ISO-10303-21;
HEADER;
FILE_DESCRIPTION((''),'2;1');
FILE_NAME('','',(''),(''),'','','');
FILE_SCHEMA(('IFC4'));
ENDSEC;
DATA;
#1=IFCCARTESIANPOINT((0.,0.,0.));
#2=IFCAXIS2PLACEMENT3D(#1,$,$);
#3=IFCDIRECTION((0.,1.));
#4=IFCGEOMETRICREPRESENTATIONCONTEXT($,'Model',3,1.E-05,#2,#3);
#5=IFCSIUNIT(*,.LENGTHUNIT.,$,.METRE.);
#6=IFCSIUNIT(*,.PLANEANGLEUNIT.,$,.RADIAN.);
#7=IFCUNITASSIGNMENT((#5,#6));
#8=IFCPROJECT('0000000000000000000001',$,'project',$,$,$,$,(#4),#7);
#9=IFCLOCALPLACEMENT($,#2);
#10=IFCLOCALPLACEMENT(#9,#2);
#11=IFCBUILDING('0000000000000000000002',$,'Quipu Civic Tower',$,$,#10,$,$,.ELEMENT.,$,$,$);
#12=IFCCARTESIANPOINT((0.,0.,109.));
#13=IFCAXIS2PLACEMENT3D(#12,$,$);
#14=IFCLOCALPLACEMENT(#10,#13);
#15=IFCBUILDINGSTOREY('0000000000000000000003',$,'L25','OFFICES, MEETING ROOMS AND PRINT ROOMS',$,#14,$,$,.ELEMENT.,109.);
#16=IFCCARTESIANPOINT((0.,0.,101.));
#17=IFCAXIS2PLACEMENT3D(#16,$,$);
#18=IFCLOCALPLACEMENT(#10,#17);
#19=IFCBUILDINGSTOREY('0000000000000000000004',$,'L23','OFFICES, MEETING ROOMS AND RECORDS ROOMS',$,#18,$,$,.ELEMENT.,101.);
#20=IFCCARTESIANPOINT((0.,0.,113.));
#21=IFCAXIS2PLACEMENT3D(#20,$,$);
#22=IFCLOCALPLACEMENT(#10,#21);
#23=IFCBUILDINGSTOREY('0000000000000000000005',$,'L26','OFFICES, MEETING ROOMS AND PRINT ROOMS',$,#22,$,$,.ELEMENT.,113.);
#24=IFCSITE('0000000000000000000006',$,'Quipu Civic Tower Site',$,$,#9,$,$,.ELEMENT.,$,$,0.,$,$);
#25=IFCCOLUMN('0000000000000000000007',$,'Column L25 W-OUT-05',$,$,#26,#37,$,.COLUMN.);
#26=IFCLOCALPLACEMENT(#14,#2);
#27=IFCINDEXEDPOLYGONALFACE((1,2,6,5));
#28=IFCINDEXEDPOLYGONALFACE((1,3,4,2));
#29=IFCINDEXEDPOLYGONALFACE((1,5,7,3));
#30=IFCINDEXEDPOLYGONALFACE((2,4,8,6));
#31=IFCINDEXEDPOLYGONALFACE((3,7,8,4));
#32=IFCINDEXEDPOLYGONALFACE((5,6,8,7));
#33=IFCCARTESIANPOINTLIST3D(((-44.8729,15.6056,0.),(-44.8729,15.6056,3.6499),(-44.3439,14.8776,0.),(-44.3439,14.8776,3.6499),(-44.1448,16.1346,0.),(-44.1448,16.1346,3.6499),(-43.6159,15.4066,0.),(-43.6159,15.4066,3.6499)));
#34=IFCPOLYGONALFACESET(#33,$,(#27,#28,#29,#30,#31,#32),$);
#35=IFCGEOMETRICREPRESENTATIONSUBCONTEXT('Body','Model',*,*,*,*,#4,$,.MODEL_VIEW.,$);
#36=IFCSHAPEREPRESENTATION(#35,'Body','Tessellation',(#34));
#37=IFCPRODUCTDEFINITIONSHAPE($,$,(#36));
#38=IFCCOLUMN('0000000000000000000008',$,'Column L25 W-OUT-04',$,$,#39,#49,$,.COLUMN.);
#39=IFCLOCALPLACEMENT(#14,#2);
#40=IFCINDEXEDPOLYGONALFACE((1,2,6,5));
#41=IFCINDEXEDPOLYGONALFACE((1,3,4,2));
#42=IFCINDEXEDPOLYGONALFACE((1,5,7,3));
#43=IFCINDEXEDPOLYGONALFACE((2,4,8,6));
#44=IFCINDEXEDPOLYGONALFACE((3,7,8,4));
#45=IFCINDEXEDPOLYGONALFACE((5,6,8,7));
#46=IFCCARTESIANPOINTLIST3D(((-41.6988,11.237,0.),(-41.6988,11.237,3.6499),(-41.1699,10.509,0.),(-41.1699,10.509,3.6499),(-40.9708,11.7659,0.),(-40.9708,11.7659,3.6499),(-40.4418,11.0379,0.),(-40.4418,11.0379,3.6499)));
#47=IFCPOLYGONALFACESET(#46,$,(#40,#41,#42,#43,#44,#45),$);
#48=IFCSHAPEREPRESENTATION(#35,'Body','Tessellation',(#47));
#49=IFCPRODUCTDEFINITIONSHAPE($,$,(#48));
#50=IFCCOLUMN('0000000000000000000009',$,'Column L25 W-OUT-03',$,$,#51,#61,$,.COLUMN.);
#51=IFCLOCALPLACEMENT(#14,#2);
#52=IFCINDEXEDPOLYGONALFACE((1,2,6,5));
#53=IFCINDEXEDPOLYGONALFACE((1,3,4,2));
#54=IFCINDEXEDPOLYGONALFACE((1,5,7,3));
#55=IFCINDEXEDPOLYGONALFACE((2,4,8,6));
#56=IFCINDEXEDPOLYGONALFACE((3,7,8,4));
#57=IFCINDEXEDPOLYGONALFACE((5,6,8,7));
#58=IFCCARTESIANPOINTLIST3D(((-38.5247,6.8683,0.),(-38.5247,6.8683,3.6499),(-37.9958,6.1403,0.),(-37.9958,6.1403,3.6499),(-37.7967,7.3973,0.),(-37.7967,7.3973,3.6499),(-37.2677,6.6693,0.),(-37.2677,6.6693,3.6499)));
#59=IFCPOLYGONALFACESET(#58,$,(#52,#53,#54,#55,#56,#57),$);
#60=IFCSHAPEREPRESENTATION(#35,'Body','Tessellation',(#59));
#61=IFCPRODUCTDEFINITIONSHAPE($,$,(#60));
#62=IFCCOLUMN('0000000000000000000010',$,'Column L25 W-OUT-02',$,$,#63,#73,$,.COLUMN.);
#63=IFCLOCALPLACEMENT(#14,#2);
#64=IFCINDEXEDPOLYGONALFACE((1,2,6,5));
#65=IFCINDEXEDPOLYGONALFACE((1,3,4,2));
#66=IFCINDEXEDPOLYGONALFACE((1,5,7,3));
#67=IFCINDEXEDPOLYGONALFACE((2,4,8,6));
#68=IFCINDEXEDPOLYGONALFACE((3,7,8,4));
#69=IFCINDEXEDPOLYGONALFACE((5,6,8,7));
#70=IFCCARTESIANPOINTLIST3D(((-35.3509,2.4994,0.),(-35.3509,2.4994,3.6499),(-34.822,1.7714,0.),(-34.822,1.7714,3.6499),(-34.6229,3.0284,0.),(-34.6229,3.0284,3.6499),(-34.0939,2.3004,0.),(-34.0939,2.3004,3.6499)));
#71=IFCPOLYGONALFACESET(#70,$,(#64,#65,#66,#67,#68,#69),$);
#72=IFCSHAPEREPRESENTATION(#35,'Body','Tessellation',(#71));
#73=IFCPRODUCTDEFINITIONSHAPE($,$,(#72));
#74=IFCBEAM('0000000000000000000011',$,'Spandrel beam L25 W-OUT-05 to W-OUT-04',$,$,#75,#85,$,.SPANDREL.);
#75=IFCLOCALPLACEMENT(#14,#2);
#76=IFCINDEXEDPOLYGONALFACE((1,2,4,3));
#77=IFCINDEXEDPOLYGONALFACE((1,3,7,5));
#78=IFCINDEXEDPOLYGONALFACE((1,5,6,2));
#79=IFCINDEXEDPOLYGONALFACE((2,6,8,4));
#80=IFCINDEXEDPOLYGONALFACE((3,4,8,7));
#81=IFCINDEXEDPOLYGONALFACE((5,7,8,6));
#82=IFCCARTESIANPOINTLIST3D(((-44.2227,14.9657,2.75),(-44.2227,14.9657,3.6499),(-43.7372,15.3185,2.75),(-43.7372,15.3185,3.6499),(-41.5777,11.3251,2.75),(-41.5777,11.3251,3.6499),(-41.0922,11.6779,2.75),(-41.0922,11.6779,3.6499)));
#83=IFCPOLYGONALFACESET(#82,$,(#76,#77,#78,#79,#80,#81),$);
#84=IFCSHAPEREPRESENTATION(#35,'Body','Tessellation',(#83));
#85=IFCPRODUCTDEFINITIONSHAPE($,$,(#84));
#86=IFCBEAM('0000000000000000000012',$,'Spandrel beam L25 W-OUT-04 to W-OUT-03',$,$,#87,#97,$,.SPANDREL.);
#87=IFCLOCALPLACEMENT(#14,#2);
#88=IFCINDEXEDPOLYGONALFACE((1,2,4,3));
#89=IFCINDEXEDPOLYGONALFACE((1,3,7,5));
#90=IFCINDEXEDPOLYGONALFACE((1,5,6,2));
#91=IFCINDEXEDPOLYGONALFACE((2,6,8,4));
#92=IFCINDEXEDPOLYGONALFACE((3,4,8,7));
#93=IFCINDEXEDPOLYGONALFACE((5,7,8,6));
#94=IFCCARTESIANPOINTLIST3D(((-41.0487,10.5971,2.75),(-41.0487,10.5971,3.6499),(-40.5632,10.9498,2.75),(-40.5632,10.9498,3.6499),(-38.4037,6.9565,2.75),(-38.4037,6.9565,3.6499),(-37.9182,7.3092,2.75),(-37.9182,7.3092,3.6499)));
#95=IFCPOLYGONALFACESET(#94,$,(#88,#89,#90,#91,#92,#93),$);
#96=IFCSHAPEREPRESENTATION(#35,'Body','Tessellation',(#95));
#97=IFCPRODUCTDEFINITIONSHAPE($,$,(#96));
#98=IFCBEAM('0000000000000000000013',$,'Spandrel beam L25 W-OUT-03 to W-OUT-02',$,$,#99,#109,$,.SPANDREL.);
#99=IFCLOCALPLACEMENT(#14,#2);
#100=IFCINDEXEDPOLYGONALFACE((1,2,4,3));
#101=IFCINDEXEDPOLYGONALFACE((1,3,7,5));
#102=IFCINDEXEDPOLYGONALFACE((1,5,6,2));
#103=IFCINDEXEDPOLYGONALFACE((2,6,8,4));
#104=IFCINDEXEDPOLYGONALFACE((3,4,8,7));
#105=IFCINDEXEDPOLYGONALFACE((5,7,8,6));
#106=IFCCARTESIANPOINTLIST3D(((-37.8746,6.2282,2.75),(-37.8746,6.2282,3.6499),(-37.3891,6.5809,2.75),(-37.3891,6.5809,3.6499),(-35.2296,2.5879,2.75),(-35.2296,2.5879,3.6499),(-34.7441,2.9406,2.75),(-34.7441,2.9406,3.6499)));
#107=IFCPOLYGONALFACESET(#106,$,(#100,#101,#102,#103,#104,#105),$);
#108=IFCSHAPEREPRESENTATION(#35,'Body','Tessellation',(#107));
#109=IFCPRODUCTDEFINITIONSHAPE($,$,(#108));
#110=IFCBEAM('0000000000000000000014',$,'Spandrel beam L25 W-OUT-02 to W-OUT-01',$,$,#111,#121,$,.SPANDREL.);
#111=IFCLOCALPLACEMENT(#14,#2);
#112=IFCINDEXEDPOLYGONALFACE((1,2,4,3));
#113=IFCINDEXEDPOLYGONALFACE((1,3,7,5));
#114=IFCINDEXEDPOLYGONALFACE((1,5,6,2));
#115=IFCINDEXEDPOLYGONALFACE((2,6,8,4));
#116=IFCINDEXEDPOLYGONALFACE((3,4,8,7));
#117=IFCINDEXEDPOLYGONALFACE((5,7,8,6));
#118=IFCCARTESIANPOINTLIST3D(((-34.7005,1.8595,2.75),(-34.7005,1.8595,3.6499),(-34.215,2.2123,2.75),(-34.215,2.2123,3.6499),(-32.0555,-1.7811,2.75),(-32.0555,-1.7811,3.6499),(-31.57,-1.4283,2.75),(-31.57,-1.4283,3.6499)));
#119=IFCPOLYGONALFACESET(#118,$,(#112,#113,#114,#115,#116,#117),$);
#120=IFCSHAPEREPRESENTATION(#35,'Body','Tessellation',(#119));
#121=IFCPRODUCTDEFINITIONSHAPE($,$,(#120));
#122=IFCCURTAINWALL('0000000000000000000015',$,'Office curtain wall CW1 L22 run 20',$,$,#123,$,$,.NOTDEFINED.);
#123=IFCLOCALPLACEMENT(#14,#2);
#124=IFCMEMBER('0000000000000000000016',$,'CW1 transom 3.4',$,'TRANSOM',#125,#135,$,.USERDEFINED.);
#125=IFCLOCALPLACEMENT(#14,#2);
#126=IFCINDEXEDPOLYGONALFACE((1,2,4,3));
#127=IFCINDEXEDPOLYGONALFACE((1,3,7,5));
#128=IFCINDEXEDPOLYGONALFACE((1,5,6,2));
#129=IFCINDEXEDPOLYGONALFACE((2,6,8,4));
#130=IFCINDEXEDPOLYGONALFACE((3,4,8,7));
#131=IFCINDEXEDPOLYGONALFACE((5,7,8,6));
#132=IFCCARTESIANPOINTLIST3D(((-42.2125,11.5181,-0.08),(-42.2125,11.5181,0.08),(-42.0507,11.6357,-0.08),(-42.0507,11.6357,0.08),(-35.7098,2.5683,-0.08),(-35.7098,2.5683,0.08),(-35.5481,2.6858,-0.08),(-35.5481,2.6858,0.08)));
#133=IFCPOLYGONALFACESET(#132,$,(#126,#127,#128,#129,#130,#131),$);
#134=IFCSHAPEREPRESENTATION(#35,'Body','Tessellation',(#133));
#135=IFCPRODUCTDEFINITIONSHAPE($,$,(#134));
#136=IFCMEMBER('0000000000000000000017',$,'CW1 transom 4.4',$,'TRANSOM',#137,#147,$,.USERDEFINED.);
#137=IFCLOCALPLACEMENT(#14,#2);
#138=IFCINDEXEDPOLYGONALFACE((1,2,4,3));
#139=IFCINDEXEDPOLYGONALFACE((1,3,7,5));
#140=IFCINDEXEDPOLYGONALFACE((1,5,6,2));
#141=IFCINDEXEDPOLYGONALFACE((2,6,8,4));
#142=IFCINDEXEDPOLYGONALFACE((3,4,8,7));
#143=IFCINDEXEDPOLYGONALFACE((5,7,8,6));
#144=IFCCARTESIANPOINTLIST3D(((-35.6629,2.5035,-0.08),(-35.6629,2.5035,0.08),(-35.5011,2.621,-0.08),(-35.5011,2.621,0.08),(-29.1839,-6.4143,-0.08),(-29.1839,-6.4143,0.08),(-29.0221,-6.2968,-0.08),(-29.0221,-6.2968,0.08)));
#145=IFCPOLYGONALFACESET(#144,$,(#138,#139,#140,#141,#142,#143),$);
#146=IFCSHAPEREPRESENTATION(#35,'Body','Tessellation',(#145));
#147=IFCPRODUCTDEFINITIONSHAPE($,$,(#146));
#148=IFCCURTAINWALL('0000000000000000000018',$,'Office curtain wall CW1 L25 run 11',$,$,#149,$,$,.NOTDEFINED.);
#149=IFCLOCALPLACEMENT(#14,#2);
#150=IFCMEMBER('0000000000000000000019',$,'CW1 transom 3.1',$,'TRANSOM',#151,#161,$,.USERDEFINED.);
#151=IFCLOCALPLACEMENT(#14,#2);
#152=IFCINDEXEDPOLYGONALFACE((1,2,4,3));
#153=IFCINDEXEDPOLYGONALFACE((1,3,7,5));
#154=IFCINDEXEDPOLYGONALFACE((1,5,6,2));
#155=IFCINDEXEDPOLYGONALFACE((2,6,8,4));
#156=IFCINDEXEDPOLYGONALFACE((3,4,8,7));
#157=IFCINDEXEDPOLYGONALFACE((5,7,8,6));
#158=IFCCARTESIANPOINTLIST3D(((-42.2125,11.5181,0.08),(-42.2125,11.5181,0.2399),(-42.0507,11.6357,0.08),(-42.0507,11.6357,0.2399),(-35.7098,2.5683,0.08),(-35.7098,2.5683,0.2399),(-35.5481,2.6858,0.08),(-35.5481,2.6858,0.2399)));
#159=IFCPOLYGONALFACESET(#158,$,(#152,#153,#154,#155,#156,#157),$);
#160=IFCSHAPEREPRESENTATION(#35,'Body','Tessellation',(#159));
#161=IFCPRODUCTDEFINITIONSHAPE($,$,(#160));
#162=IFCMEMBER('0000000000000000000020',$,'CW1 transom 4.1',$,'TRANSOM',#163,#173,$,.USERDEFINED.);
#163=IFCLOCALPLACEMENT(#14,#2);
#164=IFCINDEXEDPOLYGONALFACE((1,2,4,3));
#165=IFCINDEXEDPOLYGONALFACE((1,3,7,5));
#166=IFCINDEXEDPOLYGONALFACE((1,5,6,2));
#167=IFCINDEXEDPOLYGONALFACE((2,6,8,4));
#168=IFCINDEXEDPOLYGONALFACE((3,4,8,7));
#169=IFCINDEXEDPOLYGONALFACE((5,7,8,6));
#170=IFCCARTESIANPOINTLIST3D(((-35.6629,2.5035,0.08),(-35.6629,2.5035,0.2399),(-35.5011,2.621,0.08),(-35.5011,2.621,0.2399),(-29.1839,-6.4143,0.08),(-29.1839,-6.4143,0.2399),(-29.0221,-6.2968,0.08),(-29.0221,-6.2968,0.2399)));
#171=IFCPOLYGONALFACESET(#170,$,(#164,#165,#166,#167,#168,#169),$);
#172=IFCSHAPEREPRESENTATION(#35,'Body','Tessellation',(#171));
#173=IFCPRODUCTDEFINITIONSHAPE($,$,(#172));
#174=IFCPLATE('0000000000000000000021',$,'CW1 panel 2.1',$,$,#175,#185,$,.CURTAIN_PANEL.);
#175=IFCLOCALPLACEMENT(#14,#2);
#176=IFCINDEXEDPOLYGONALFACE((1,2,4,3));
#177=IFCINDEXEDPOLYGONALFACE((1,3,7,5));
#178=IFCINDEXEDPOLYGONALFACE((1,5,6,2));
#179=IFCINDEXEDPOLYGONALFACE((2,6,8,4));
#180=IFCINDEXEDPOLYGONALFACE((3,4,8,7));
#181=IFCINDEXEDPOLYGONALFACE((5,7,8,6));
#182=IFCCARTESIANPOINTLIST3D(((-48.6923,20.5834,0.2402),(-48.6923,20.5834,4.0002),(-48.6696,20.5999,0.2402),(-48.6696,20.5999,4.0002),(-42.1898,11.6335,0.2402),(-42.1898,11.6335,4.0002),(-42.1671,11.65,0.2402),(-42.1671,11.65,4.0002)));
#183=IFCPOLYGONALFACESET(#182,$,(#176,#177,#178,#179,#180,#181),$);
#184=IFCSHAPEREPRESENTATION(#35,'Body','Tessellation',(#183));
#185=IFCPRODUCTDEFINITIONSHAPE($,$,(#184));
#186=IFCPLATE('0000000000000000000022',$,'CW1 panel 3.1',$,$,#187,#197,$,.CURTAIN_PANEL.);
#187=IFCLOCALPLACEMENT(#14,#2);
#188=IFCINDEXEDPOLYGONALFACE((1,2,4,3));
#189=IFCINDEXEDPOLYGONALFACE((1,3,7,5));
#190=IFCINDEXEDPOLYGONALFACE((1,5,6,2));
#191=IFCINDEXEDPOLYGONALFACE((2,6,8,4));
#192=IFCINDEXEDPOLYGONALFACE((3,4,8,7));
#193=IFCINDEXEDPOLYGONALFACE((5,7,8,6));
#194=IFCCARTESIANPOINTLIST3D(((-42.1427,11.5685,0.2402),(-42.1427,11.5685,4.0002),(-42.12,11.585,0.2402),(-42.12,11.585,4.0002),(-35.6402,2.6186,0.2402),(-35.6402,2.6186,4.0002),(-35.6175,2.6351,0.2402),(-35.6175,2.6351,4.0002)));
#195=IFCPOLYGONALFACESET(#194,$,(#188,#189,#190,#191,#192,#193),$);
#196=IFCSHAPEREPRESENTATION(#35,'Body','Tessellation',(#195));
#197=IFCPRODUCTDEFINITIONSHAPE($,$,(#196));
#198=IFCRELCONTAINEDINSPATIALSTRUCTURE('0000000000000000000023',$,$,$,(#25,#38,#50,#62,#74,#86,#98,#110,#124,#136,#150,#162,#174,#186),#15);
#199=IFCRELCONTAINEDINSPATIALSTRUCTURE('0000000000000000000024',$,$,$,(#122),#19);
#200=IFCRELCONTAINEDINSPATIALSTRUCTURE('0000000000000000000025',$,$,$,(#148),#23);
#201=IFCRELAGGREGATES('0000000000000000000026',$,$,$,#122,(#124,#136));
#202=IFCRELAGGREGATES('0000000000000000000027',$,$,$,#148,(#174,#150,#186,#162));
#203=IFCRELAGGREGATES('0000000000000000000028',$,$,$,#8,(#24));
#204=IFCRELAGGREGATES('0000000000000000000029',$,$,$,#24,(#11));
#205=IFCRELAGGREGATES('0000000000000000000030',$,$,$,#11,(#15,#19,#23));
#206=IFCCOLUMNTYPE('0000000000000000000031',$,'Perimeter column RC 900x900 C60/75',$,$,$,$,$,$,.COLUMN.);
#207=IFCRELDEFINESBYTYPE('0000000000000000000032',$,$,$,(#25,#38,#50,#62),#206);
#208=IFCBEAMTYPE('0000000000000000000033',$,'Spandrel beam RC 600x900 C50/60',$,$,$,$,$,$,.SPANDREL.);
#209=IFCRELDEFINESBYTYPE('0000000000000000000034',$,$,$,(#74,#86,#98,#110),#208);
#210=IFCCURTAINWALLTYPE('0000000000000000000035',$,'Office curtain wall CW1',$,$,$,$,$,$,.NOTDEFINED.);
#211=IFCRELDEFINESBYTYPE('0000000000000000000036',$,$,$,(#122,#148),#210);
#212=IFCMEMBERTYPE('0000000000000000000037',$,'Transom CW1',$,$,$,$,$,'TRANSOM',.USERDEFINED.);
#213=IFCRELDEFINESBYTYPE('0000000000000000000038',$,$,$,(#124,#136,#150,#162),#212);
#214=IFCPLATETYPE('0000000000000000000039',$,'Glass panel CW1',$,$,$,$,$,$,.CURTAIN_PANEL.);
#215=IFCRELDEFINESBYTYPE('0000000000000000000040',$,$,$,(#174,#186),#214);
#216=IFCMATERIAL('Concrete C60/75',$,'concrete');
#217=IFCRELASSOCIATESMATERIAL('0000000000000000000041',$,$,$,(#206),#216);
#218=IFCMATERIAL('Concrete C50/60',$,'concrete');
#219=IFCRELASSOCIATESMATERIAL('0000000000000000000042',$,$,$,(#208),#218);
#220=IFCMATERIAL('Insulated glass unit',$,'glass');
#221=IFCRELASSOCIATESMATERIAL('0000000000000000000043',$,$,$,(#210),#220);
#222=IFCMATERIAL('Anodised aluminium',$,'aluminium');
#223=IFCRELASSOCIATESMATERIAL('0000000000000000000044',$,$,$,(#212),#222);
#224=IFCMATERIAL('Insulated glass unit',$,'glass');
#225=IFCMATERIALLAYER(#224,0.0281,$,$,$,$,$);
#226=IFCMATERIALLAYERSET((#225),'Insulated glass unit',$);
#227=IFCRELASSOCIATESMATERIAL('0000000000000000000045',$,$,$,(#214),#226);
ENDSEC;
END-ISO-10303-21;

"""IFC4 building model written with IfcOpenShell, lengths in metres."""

from ifc_helpers import new_model, si_unit, direction, frame, origin, origin_2d, place, context, subcontext, project, spatial, rectangle, extrude, material, layer, layer_set, material_profile, profile_set, type_object, element, aggregate, save


model = new_model("IFC4")

# Units and contexts
model_context = context("Model", 3, precision=1e-05, world=origin(), true_north=direction((0.0, 1.0)))
body_context = subcontext(model_context, "Body", "Model", "MODEL_VIEW")
ifc_project = project(units=[si_unit("LENGTHUNIT", "METRE"), si_unit("PLANEANGLEUNIT", "RADIAN")], contexts=[model_context])

# Site, building, storey
site_placement = place(None, origin())
site = spatial("IfcSite", under=ifc_project, at=site_placement, Name="Quipu Civic Tower Site", CompositionType="ELEMENT", RefElevation=0.0)
building_placement = place(site_placement, origin())
building = spatial("IfcBuilding", under=site, at=building_placement, Name="Quipu Civic Tower", CompositionType="ELEMENT")
storey_1_placement = place(building_placement, frame((0.0, 0.0, 109.0)))
storey_1 = spatial("IfcBuildingStorey", under=building, at=storey_1_placement, Name="L25", Description="OFFICES, MEETING ROOMS AND PRINT ROOMS", CompositionType="ELEMENT", Elevation=109.0)

# Columns
ifc_material_1 = material(Name="Concrete C60/75", Category="concrete")
ifc_material_profile_1 = material_profile(ifc_material_1, rectangle(XDim=0.8999, YDim=0.8999, at=origin_2d()), Name="RC900x900")
ifc_profile_set_1 = profile_set([ifc_material_profile_1], Name="Concrete C60/75")
column_type = type_object("IfcColumnType", Name="Perimeter column RC 900x900 C60/75", PredefinedType="COLUMN", material=ifc_profile_set_1)
for number, where, z_axis, x_axis, name in (
    (1, (-44.2444, 15.5061, 0.0), (0.0, 0.0, 1.0), (0.587785, -0.809017, 0.0), "Column L25 W-OUT-05"),
    (2, (-41.0703, 11.1375, 0.0), (0.0, 0.0, 1.0), (0.587785, -0.809017, 0.0), "Column L25 W-OUT-04"),
    (3, (-37.8962, 6.7688, 0.0), (0.0, 0.0, 1.0), (0.587785, -0.809017, 0.0), "Column L25 W-OUT-03"),
    (4, (-34.7224, 2.3999, 0.0), (0.0, 0.0, 1.0), (0.587785, -0.809017, 0.0), "Column L25 W-OUT-02"),
):
    element("IfcColumn", number, at=place(storey_1_placement, frame(where, z_axis=z_axis, x_axis=x_axis)), inside=storey_1, type_object=column_type, Name=name, PredefinedType="COLUMN", context=body_context, shape_type="SweptSolid", body=[
        extrude(rectangle(XDim=0.8999, YDim=0.8999, at=origin_2d()), origin(), (0.0, 0.0, 1.0), 3.6499),
    ])

# Beams
ifc_material_2 = material(Name="Concrete C50/60", Category="concrete")
ifc_material_profile_2 = material_profile(ifc_material_2, rectangle(XDim=0.6001, YDim=0.8999, at=origin_2d()), Name="RC600x900")
ifc_profile_set_2 = profile_set([ifc_material_profile_2], Name="Concrete C50/60")
beam_type = type_object("IfcBeamType", Name="Spandrel beam RC 600x900 C50/60", PredefinedType="SPANDREL", material=ifc_profile_set_2)
for number, where, z_axis, x_axis, name in (
    (5, (-43.98, 15.1421, 3.2), (0.587778, -0.809022, 0.0), (0.809022, 0.587778, 0.0), "Spandrel beam L25 W-OUT-05 to W-OUT-04"),
    (6, (-40.8059, 10.7734, 3.2), (0.587778, -0.809022, 0.0), (0.809022, 0.587778, 0.0), "Spandrel beam L25 W-OUT-04 to W-OUT-03"),
):
    element("IfcBeam", number, at=place(storey_1_placement, frame(where, z_axis=z_axis, x_axis=x_axis)), inside=storey_1, type_object=beam_type, Name=name, PredefinedType="SPANDREL", context=body_context, shape_type="SweptSolid", body=[
        extrude(rectangle(XDim=0.6001, YDim=0.8999, at=origin_2d()), origin(), (0.0, 0.0, 1.0), 4.5),
    ])
beam_1_placement = place(storey_1_placement, frame((-37.6318, 6.4045, 3.2), z_axis=(0.587804, -0.809003, 0.0), x_axis=(0.809003, 0.587804, 0.0)))
element("IfcBeam", 7, at=beam_1_placement, inside=storey_1, type_object=beam_type, Name="Spandrel beam L25 W-OUT-03 to W-OUT-02", PredefinedType="SPANDREL", context=body_context, shape_type="SweptSolid", body=[
    extrude(rectangle(XDim=0.6001, YDim=0.8999, at=origin_2d()), origin(), (0.0, 0.0, 1.0), 4.4998),
])
beam_2_placement = place(storey_1_placement, frame((-34.4578, 2.0359, 3.2), z_axis=(0.587778, -0.809022, 0.0), x_axis=(0.809022, 0.587778, 0.0)))
element("IfcBeam", 8, at=beam_2_placement, inside=storey_1, type_object=beam_type, Name="Spandrel beam L25 W-OUT-02 to W-OUT-01", PredefinedType="SPANDREL", context=body_context, shape_type="SweptSolid", body=[
    extrude(rectangle(XDim=0.6001, YDim=0.8999, at=origin_2d()), origin(), (0.0, 0.0, 1.0), 4.5),
])

# Shared definitions
storey_2_placement = place(building_placement, frame((0.0, 0.0, 101.0)))
storey_2 = spatial("IfcBuildingStorey", under=building, at=storey_2_placement, Name="L23", Description="OFFICES, MEETING ROOMS AND RECORDS ROOMS", CompositionType="ELEMENT", Elevation=101.0)

# Curtain wall, members
ifc_material_3 = material(Name="Insulated glass unit", Category="glass")
curtain_wall_type = type_object("IfcCurtainWallType", Name="Office curtain wall CW1", PredefinedType="NOTDEFINED", material=ifc_material_3)
curtain_wall_1_placement = place(storey_2_placement, origin())
curtain_wall_1 = element("IfcCurtainWall", 9, at=curtain_wall_1_placement, inside=storey_2, type_object=curtain_wall_type, Name="Office curtain wall CW1 L22 run 20", PredefinedType="NOTDEFINED")
ifc_material_4 = material(Name="Anodised aluminium", Category="aluminium")
ifc_material_profile_3 = material_profile(ifc_material_4, rectangle(XDim=0.2, YDim=0.1599, at=origin_2d()), Name="RECT 200x160")
ifc_profile_set_3 = profile_set([ifc_material_profile_3], Name="Anodised aluminium")
member_type = type_object("IfcMemberType", Name="Transom CW1", ElementType="TRANSOM", PredefinedType="USERDEFINED", material=ifc_profile_set_3)
member_1_placement = place(storey_1_placement, frame((-42.1316, 11.5769, 0.0), z_axis=(0.587795, -0.80901, 0.0), x_axis=(0.80901, 0.587795, 0.0)))
member_1 = element("IfcMember", 10, at=member_1_placement, inside=storey_1, type_object=member_type, Name="CW1 transom 3.4", ObjectType="TRANSOM", PredefinedType="USERDEFINED", context=body_context, shape_type="SweptSolid", body=[
    extrude(rectangle(XDim=0.2, YDim=0.1599, at=origin_2d()), origin(), (0.0, 0.0, 1.0), 11.0627),
])
member_2_placement = place(storey_1_placement, frame((-35.582, 2.5623, 0.0), z_axis=(0.587779, -0.809021, 0.0), x_axis=(0.809021, 0.587779, 0.0)))
member_2 = element("IfcMember", 11, at=member_2_placement, inside=storey_1, type_object=member_type, Name="CW1 transom 4.4", ObjectType="TRANSOM", PredefinedType="USERDEFINED", context=body_context, shape_type="SweptSolid", body=[
    extrude(rectangle(XDim=0.2, YDim=0.1599, at=origin_2d()), origin(), (0.0, 0.0, 1.0), 11.0229),
])
aggregate(curtain_wall_1, [member_1, member_2])

# Shared definitions
storey_3_placement = place(building_placement, frame((0.0, 0.0, 113.0)))
storey_3 = spatial("IfcBuildingStorey", under=building, at=storey_3_placement, Name="L26", Description="OFFICES, MEETING ROOMS AND PRINT ROOMS", CompositionType="ELEMENT", Elevation=113.0)

# Curtain wall, members, plates
curtain_wall_2_placement = place(storey_3_placement, origin())
curtain_wall_2 = element("IfcCurtainWall", 12, at=curtain_wall_2_placement, inside=storey_3, type_object=curtain_wall_type, Name="Office curtain wall CW1 L25 run 11", PredefinedType="NOTDEFINED")
member_3_placement = place(storey_1_placement, frame((-42.1316, 11.5769, 0.1599), z_axis=(0.587795, -0.80901, 0.0), x_axis=(0.80901, 0.587795, 0.0)))
member_3 = element("IfcMember", 13, at=member_3_placement, inside=storey_1, type_object=member_type, Name="CW1 transom 3.1", ObjectType="TRANSOM", PredefinedType="USERDEFINED", context=body_context, shape_type="SweptSolid", body=[
    extrude(rectangle(XDim=0.2, YDim=0.1599, at=origin_2d()), origin(), (0.0, 0.0, 1.0), 11.0627),
])
member_4_placement = place(storey_1_placement, frame((-35.582, 2.5623, 0.1599), z_axis=(0.587779, -0.809021, 0.0), x_axis=(0.809021, 0.587779, 0.0)))
member_4 = element("IfcMember", 14, at=member_4_placement, inside=storey_1, type_object=member_type, Name="CW1 transom 4.1", ObjectType="TRANSOM", PredefinedType="USERDEFINED", context=body_context, shape_type="SweptSolid", body=[
    extrude(rectangle(XDim=0.2, YDim=0.1599, at=origin_2d()), origin(), (0.0, 0.0, 1.0), 11.0229),
])
ifc_material_5 = material(Name="Insulated glass unit", Category="glass")
ifc_layer = layer(ifc_material_5, 0.0281)
ifc_layer_set = layer_set([ifc_layer], Name="Insulated glass unit")
plate_type_1 = type_object("IfcPlateType", Name="Glass panel CW1", PredefinedType="CURTAIN_PANEL", material=ifc_layer_set)
plate_1_placement = place(storey_1_placement, frame((-45.4297, 16.1167, 0.2402), z_axis=(0.0, 0.0, 1.0), x_axis=(0.587786, -0.809017, 0.0)))
plate_1 = element("IfcPlate", 15, at=plate_1_placement, inside=storey_1, type_object=plate_type_1, Name="CW1 panel 2.1", PredefinedType="CURTAIN_PANEL", context=body_context, shape_type="SweptSolid", body=[
    extrude(rectangle(XDim=11.0627, YDim=0.0281, at=origin_2d()), origin(), (0.0, 0.0, 1.0), 3.76),
])
plate_2_placement = place(storey_1_placement, frame((-38.8801, 7.1018, 0.2402), z_axis=(0.0, 0.0, 1.0), x_axis=(0.587786, -0.809017, 0.0)))
plate_2 = element("IfcPlate", 16, at=plate_2_placement, inside=storey_1, type_object=plate_type_1, Name="CW1 panel 3.1", PredefinedType="CURTAIN_PANEL", context=body_context, shape_type="SweptSolid", body=[
    extrude(rectangle(XDim=11.0627, YDim=0.0281, at=origin_2d()), origin(), (0.0, 0.0, 1.0), 3.76),
])
aggregate(curtain_wall_2, [plate_1, member_3, plate_2, member_4])

save(model, "model.ifc")
